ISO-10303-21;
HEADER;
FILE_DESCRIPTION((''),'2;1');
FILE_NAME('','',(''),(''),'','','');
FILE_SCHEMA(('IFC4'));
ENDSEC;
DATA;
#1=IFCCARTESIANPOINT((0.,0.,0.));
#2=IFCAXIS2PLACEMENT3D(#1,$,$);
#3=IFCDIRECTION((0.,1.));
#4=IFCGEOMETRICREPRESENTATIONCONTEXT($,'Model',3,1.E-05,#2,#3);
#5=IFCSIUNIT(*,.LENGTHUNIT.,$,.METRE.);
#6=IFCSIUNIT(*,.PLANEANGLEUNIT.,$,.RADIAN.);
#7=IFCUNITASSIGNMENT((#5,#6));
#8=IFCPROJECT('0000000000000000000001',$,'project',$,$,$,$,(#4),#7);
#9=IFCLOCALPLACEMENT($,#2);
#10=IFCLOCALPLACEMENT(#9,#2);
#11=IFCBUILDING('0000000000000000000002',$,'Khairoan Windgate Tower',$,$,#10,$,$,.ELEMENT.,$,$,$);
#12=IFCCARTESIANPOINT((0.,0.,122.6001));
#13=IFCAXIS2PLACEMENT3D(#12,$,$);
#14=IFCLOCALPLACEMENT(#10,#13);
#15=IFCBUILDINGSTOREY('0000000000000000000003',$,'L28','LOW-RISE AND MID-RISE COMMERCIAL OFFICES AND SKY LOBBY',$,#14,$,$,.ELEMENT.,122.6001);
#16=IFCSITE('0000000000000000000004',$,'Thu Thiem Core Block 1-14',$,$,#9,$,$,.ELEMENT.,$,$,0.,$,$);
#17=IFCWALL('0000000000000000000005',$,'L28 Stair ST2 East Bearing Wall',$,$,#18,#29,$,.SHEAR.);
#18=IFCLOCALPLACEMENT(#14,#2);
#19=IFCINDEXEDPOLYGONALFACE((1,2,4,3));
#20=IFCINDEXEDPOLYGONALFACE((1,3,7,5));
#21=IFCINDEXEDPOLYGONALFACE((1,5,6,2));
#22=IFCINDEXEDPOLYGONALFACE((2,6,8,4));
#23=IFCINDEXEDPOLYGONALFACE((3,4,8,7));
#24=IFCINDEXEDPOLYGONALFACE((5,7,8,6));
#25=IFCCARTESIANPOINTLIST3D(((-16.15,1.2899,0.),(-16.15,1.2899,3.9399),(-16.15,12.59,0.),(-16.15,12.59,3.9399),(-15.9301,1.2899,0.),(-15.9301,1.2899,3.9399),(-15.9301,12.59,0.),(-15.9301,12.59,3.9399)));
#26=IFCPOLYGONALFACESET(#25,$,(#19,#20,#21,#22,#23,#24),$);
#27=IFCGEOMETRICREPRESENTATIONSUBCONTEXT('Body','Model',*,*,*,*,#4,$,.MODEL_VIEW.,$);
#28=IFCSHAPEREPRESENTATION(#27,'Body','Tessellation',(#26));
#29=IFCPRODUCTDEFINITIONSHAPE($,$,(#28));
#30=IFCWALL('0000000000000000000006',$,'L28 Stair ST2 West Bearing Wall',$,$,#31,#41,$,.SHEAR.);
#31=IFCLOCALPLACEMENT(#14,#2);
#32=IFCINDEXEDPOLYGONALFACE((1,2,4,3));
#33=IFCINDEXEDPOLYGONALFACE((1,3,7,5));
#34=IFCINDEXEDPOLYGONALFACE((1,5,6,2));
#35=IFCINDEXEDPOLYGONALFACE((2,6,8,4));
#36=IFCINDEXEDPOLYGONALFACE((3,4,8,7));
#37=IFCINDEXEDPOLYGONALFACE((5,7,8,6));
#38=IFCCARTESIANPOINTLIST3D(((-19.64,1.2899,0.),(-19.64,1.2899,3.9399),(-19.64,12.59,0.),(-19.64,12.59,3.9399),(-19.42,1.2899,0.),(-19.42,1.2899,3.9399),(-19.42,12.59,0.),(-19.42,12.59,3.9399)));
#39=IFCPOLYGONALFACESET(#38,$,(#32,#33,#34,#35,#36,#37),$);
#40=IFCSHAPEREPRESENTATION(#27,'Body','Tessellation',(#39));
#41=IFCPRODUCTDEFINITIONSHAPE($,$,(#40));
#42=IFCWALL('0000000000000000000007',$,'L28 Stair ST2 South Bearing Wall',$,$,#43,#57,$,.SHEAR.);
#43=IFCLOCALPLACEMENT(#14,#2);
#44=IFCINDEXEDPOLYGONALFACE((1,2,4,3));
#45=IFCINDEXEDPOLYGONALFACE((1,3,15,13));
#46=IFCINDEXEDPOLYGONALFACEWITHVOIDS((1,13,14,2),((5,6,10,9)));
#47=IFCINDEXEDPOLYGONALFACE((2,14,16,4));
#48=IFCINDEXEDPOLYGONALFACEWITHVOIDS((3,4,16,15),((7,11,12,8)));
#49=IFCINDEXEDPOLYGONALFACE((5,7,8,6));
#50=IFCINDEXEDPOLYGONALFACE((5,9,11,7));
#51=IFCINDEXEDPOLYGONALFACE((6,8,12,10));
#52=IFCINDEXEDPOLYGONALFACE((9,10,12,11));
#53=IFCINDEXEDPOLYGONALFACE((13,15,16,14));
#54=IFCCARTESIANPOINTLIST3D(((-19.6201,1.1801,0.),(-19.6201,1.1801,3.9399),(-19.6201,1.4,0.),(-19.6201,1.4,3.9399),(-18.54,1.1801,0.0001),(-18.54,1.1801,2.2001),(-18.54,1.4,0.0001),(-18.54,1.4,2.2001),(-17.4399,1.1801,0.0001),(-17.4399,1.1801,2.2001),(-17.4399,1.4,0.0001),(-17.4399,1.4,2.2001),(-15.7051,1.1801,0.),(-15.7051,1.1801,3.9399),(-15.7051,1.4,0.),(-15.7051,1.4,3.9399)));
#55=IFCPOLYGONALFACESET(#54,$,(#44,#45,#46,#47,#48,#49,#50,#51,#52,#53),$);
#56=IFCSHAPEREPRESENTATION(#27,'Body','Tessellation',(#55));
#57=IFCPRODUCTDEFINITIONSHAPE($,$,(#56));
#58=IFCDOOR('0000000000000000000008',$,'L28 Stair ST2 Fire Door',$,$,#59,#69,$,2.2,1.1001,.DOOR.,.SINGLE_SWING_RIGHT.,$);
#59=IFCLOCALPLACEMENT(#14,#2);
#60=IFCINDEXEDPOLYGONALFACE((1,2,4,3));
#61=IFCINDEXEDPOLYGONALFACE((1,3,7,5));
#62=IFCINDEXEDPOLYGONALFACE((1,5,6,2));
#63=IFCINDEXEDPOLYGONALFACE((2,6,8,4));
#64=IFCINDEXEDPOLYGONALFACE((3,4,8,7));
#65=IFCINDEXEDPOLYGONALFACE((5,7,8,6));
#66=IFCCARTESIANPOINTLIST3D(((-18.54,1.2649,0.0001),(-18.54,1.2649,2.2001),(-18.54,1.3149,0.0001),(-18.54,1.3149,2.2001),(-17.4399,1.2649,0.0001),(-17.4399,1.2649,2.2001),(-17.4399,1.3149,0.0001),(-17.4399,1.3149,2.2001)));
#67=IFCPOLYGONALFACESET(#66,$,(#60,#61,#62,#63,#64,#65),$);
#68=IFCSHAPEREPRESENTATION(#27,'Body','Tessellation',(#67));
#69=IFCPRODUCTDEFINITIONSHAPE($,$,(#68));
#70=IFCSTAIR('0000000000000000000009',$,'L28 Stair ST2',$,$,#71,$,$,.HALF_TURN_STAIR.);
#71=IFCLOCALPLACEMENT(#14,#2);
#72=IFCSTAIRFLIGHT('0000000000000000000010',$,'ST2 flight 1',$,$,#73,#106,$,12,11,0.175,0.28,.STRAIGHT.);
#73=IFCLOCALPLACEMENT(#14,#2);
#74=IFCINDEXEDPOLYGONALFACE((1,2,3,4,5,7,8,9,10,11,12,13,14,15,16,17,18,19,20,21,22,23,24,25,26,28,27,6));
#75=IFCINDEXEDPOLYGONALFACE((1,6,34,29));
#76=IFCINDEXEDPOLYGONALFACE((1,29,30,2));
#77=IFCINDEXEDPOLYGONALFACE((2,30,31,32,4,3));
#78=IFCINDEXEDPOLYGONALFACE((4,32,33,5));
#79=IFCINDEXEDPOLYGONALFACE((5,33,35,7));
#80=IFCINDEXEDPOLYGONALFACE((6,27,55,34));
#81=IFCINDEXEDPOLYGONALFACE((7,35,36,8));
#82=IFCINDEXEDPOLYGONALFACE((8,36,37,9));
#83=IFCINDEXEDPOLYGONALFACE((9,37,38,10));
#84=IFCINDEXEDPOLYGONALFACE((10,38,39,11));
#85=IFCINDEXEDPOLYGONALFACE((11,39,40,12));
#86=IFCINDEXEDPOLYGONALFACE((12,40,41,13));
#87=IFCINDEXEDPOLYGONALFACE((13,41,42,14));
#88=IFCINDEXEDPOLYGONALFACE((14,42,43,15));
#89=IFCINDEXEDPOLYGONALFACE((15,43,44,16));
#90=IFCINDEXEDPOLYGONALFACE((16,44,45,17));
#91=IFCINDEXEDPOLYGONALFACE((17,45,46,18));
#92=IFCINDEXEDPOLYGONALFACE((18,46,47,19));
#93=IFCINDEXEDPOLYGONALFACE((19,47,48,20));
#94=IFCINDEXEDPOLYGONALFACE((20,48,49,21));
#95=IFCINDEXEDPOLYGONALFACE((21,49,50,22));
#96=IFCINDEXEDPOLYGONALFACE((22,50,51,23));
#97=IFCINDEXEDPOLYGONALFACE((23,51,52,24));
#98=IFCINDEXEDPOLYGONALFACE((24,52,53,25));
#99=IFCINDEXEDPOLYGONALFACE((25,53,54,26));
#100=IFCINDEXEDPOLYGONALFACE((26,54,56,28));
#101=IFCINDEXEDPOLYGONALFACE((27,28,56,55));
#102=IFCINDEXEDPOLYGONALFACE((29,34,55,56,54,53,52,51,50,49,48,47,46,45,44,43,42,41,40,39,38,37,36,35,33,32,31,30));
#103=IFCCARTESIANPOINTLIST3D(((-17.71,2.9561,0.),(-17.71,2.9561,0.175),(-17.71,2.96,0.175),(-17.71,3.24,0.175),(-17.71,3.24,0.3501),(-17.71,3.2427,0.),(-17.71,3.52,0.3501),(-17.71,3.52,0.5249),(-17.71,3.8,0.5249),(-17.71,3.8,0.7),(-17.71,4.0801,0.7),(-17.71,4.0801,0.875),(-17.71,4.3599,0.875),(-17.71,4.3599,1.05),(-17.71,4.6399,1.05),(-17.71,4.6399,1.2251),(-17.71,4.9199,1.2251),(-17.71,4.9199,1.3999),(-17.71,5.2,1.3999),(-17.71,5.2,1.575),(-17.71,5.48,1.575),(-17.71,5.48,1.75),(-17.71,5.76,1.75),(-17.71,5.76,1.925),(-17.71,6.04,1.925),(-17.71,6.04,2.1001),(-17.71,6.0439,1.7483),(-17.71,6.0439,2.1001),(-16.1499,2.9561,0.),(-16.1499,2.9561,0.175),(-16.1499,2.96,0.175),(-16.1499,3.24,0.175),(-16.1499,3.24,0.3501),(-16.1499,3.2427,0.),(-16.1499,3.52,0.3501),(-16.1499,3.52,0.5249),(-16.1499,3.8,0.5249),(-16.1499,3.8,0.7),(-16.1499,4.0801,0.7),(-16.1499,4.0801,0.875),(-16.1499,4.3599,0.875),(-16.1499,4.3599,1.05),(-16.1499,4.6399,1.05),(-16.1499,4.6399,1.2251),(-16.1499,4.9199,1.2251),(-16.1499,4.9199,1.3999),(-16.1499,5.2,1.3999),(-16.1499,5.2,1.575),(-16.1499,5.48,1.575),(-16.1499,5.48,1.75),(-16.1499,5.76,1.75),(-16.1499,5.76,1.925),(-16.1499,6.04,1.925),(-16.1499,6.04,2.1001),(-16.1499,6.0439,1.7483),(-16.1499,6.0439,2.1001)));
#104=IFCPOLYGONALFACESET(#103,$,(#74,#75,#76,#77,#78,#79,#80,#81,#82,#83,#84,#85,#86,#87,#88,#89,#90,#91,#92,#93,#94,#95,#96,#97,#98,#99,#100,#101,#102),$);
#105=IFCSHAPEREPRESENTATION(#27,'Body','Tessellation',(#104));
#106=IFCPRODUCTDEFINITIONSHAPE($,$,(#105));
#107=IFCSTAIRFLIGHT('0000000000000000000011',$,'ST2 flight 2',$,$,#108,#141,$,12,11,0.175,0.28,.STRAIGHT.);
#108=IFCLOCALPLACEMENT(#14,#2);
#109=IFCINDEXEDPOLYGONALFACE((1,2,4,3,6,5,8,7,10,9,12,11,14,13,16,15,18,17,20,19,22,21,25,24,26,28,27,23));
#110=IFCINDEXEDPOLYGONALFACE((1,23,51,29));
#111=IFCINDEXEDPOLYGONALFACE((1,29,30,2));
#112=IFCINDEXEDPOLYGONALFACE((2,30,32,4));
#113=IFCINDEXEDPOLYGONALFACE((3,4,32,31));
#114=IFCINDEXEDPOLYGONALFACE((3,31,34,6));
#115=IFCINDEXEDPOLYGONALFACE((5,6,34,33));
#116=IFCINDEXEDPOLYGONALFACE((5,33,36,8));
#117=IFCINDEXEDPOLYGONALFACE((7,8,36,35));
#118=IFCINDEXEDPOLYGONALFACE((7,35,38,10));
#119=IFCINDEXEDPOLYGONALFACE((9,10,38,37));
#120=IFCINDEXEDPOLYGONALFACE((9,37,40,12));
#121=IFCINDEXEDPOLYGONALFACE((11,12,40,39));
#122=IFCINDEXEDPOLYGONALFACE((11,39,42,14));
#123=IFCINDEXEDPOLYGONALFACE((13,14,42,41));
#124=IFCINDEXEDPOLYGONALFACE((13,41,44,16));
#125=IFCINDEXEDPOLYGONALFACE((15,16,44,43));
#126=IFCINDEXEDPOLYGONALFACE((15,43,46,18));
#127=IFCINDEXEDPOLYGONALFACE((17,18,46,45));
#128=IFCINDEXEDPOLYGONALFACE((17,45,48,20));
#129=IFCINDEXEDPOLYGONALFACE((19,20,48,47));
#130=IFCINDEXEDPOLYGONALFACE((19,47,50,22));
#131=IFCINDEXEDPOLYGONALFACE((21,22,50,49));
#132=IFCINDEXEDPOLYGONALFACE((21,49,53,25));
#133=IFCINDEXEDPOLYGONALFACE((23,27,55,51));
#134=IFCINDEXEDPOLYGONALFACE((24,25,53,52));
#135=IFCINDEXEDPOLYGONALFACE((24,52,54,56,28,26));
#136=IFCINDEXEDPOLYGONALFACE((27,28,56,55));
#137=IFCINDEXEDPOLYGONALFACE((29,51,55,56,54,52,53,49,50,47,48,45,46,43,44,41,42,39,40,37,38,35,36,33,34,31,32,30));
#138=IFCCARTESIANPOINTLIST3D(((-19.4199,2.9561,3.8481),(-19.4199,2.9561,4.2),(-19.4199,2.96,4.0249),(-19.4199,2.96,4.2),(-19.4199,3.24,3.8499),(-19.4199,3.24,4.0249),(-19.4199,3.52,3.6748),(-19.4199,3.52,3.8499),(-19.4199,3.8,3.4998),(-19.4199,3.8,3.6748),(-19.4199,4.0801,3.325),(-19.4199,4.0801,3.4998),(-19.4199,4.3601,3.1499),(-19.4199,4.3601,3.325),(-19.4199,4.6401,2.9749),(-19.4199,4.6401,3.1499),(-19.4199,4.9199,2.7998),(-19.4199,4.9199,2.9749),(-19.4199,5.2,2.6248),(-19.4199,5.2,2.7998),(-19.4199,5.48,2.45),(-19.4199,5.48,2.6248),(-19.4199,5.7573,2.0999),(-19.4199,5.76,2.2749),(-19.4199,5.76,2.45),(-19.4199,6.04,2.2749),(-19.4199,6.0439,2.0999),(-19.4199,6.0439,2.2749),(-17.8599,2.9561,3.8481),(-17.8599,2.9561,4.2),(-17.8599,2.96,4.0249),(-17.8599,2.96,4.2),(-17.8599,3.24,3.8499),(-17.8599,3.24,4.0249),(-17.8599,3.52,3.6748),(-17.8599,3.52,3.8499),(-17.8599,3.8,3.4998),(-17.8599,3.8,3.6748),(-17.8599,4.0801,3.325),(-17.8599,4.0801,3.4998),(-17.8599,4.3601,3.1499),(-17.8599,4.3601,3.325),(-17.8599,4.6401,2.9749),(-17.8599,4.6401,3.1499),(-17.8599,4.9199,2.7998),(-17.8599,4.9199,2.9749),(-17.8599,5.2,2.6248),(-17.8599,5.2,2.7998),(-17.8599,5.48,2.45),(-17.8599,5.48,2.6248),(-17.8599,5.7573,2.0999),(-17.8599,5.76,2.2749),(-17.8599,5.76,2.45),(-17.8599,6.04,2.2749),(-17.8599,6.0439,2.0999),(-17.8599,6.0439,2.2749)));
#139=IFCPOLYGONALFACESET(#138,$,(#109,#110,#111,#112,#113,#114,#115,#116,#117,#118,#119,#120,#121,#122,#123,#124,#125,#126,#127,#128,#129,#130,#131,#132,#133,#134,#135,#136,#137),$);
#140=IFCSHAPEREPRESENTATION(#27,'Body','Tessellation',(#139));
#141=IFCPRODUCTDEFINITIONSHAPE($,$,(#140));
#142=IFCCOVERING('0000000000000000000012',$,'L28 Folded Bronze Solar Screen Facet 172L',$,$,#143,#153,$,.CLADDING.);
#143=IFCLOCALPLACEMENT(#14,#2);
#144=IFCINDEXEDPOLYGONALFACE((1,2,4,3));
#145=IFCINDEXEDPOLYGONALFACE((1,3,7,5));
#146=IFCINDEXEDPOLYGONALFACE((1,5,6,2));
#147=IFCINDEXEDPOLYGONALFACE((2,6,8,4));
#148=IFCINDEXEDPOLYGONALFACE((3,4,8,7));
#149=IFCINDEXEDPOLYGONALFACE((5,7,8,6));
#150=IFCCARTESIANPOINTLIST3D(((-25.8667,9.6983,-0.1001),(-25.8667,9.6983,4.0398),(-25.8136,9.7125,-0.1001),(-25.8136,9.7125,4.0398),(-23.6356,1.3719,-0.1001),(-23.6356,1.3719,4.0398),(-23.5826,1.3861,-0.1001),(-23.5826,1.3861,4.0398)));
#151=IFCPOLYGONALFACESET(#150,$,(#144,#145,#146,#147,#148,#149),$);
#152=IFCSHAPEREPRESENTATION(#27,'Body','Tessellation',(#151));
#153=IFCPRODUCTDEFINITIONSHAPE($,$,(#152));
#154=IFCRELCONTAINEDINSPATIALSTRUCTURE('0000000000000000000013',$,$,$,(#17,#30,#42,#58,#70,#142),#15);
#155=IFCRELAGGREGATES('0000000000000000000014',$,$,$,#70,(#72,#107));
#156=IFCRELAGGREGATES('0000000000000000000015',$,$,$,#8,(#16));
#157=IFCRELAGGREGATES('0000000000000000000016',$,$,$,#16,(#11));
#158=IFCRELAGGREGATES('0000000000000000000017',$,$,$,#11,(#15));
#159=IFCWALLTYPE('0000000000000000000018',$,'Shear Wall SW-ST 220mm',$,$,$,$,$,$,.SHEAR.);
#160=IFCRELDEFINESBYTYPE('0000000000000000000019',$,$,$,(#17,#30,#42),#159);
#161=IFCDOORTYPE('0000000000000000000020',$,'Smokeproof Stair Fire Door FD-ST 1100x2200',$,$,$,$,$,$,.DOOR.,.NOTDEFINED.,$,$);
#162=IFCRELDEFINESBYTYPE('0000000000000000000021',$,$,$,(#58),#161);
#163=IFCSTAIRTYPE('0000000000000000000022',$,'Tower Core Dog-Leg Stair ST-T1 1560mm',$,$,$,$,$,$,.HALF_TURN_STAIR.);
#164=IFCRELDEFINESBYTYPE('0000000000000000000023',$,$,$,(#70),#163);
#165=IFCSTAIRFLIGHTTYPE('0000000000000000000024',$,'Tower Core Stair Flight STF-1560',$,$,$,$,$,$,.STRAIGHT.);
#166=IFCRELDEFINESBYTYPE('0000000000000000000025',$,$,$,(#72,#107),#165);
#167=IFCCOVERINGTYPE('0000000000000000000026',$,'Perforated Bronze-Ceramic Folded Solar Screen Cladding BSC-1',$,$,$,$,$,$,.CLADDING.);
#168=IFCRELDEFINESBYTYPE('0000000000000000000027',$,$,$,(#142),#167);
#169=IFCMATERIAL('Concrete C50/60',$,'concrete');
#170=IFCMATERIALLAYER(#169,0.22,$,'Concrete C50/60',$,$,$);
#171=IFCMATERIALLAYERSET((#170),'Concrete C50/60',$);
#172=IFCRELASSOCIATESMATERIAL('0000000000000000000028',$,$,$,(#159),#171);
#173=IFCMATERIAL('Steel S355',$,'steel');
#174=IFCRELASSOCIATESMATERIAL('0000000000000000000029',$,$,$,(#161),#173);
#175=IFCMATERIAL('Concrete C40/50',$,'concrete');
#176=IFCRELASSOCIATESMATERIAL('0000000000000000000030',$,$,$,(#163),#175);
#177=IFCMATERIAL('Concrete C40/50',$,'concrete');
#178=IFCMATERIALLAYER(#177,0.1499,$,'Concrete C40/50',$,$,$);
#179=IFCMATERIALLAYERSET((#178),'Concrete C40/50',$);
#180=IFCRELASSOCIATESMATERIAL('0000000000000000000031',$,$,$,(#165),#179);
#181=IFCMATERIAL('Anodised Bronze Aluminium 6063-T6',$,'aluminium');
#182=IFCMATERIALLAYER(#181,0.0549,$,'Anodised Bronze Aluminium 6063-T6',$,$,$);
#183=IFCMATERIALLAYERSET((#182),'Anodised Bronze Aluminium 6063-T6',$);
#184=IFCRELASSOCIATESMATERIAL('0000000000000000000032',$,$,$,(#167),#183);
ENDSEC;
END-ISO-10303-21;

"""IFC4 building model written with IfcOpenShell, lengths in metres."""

from ifc_helpers import new_model, si_unit, direction, frame, frame_2d, origin, origin_2d, place, context, subcontext, project, spatial, polyline, rectangle, outline, extrude, material, layer, layer_set, type_object, element, fill, aggregate, save


model = new_model("IFC4")

# Units and contexts
model_context = context("Model", 3, precision=1e-05, world=origin(), true_north=direction((0.0, 1.0)))
body_context = subcontext(model_context, "Body", "Model", "MODEL_VIEW")
ifc_project = project(units=[si_unit("LENGTHUNIT", "METRE"), si_unit("PLANEANGLEUNIT", "RADIAN")], contexts=[model_context])

# Site, building, storey
site_placement = place(None, origin())
site = spatial("IfcSite", under=ifc_project, at=site_placement, Name="Thu Thiem Core Block 1-14", CompositionType="ELEMENT", RefElevation=0.0)
building_placement = place(site_placement, origin())
building = spatial("IfcBuilding", under=site, at=building_placement, Name="Khairoan Windgate Tower", CompositionType="ELEMENT")
storey_placement = place(building_placement, frame((0.0, 0.0, 122.6001)))
storey = spatial("IfcBuildingStorey", under=building, at=storey_placement, Name="L28", Description="LOW-RISE AND MID-RISE COMMERCIAL OFFICES AND SKY LOBBY", CompositionType="ELEMENT", Elevation=122.6001)

# Walls
ifc_material_1 = material(Name="Concrete C50/60", Category="concrete")
ifc_layer_1 = layer(ifc_material_1, 0.22, Name="Concrete C50/60")
ifc_layer_set_1 = layer_set([ifc_layer_1], Name="Concrete C50/60")
wall_type_1 = type_object("IfcWallType", Name="Shear Wall SW-ST 220mm", PredefinedType="SHEAR", material=ifc_layer_set_1)
for number, where, z_axis, x_axis, name in (
    (1, (-16.04, 1.29, 0.0), (0.0, 0.0, 1.0), (0.0, 1.0, 0.0), "L28 Stair ST2 East Bearing Wall"),
    (2, (-19.53, 1.29, 0.0), (0.0, 0.0, 1.0), (0.0, 1.0, 0.0), "L28 Stair ST2 West Bearing Wall"),
):
    element("IfcWall", number, at=place(storey_placement, frame(where, z_axis=z_axis, x_axis=x_axis)), inside=storey, type_object=wall_type_1, Name=name, PredefinedType="SHEAR", context=body_context, shape_type="SweptSolid", body=[
        extrude(rectangle(XDim=11.3, YDim=0.22, at=frame_2d((5.6499, 0.0))), origin(), (0.0, 0.0, 1.0), 3.9399),
    ])

# Wall, opening, door
wall_1_placement = place(storey_placement, frame((-19.6201, 1.29, 0.0), z_axis=(0.0, 0.0, 1.0), x_axis=(1.0, 0.0, 0.0)))
wall_1 = element("IfcWall", 3, at=wall_1_placement, inside=storey, type_object=wall_type_1, Name="L28 Stair ST2 South Bearing Wall", PredefinedType="SHEAR", context=body_context, shape_type="SweptSolid", body=[
    extrude(rectangle(XDim=3.915, YDim=0.22, at=frame_2d((1.9575, 0.0))), origin(), (0.0, 0.0, 1.0), 3.9399),
])
opening_placement = place(wall_1_placement, frame((1.0801, 0.0, 0.0)))
opening = element("IfcOpeningElement", 4, at=opening_placement, cuts=wall_1, PredefinedType="OPENING", context=body_context, shape_type="SweptSolid", body=[
    extrude(rectangle(XDim=1.1001, YDim=2.2, at=frame_2d((0.55, 1.1001))), frame((0.0, 0.1199, 0.0), z_axis=(0.0, -1.0, 0.0), x_axis=(1.0, 0.0, 0.0)), (0.0, 0.0, 1.0), 0.24),
])
ifc_material_2 = material(Name="Steel S355", Category="steel")
door_type = type_object("IfcDoorType", Name="Smokeproof Stair Fire Door FD-ST 1100x2200", OperationType="NOTDEFINED", PredefinedType="DOOR", material=ifc_material_2)
door_placement = place(opening_placement, origin())
door = element("IfcDoor", 5, at=door_placement, inside=storey, type_object=door_type, Name="L28 Stair ST2 Fire Door", OperationType="SINGLE_SWING_RIGHT", OverallHeight=2.2, OverallWidth=1.1001, PredefinedType="DOOR", context=body_context, shape_type="SweptSolid", body=[
    extrude(rectangle(XDim=1.1001, YDim=2.2, at=frame_2d((0.55, 1.1001))), frame((0.0, 0.0249, 0.0), z_axis=(0.0, -1.0, 0.0), x_axis=(1.0, 0.0, 0.0)), (0.0, 0.0, 1.0), 0.05),
])
fill(opening, door)

# Stair, stair flights
ifc_material_3 = material(Name="Concrete C40/50", Category="concrete")
stair_type = type_object("IfcStairType", Name="Tower Core Dog-Leg Stair ST-T1 1560mm", PredefinedType="HALF_TURN_STAIR", material=ifc_material_3)
stair_placement = place(storey_placement, origin())
stair = element("IfcStair", 6, at=stair_placement, inside=storey, type_object=stair_type, Name="L28 Stair ST2", PredefinedType="HALF_TURN_STAIR")
ifc_material_4 = material(Name="Concrete C40/50", Category="concrete")
ifc_layer_2 = layer(ifc_material_4, 0.1499, Name="Concrete C40/50")
ifc_layer_set_2 = layer_set([ifc_layer_2], Name="Concrete C40/50")
stair_flight_type = type_object("IfcStairFlightType", Name="Tower Core Stair Flight STF-1560", PredefinedType="STRAIGHT", material=ifc_layer_set_2)
stair_flight_1_placement = place(storey_placement, frame((-16.9299, 2.96, 0.0), z_axis=(0.0, 0.0, 1.0), x_axis=(0.0, 1.0, 0.0)))
stair_flight_1 = element("IfcStairFlight", 7, at=stair_flight_1_placement, type_object=stair_flight_type, Name="ST2 flight 1", NumberOfRisers=12, NumberOfTreads=11, PredefinedType="STRAIGHT", RiserHeight=0.175, TreadLength=0.28, context=body_context, shape_type="SweptSolid", body=[
    extrude(outline(polyline([(-0.0039, 0.0), (-0.0039, 0.175), (0.0, 0.175), (0.28, 0.175), (0.28, 0.3501), (0.5601, 0.3501), (0.5601, 0.5249), (0.8401, 0.5249), (0.8401, 0.7), (1.1201, 0.7), (1.1201, 0.875), (1.3999, 0.875), (1.3999, 1.05), (1.6799, 1.05), (1.6799, 1.2251), (1.96, 1.2251), (1.96, 1.3999), (2.24, 1.3999), (2.24, 1.575), (2.52, 1.575), (2.52, 1.75), (2.8, 1.75), (2.8, 1.925), (3.0801, 1.925), (3.0801, 2.1001), (3.084, 2.1001), (3.084, 1.7483), (0.2827, 0.0), (-0.0039, 0.0)])), frame((0.0, 0.78, 0.0), z_axis=(0.0, -1.0, 0.0), x_axis=(1.0, 0.0, 0.0)), (0.0, 0.0, 1.0), 1.5601),
])
stair_flight_2_placement = place(storey_placement, frame((-18.6399, 6.04, 2.0999), z_axis=(0.0, 0.0, 1.0), x_axis=(0.0, -1.0, 0.0)))
stair_flight_2 = element("IfcStairFlight", 8, at=stair_flight_2_placement, type_object=stair_flight_type, Name="ST2 flight 2", NumberOfRisers=12, NumberOfTreads=11, PredefinedType="STRAIGHT", RiserHeight=0.175, TreadLength=0.28, context=body_context, shape_type="SweptSolid", body=[
    extrude(outline(polyline([(-0.0039, 0.0), (-0.0039, 0.175), (0.0, 0.175), (0.28, 0.175), (0.28, 0.3501), (0.5601, 0.3501), (0.5601, 0.5249), (0.8401, 0.5249), (0.8401, 0.7), (1.1201, 0.7), (1.1201, 0.875), (1.3999, 0.875), (1.3999, 1.05), (1.6799, 1.05), (1.6799, 1.2251), (1.96, 1.2251), (1.96, 1.3999), (2.24, 1.3999), (2.24, 1.575), (2.52, 1.575), (2.52, 1.75), (2.8, 1.75), (2.8, 1.925), (3.0801, 1.925), (3.0801, 2.1001), (3.084, 2.1001), (3.084, 1.7483), (0.2827, 0.0), (-0.0039, 0.0)])), frame((0.0, 0.78, 0.0), z_axis=(0.0, -1.0, 0.0), x_axis=(1.0, 0.0, 0.0)), (0.0, 0.0, 1.0), 1.5601),
])
aggregate(stair, [stair_flight_1, stair_flight_2])

# Covering
ifc_material_5 = material(Name="Anodised Bronze Aluminium 6063-T6", Category="aluminium")
ifc_layer_3 = layer(ifc_material_5, 0.0549, Name="Anodised Bronze Aluminium 6063-T6")
ifc_layer_set_3 = layer_set([ifc_layer_3], Name="Anodised Bronze Aluminium 6063-T6")
covering_type = type_object("IfcCoveringType", Name="Perforated Bronze-Ceramic Folded Solar Screen Cladding BSC-1", PredefinedType="CLADDING", material=ifc_layer_set_3)
covering_placement = place(storey_placement, frame((-24.7246, 5.5422, -0.1001), z_axis=(0.0, 0.0, 1.0), x_axis=(-0.258819, 0.965926, 0.0)))
element("IfcCovering", 9, at=covering_placement, inside=storey, type_object=covering_type, Name="L28 Folded Bronze Solar Screen Facet 172L", PredefinedType="CLADDING", context=body_context, shape_type="SweptSolid", body=[
    extrude(rectangle(XDim=8.6201, YDim=0.0549, at=origin_2d()), origin(), (0.0, 0.0, 1.0), 4.1399),
])

save(model, "model.ifc")
